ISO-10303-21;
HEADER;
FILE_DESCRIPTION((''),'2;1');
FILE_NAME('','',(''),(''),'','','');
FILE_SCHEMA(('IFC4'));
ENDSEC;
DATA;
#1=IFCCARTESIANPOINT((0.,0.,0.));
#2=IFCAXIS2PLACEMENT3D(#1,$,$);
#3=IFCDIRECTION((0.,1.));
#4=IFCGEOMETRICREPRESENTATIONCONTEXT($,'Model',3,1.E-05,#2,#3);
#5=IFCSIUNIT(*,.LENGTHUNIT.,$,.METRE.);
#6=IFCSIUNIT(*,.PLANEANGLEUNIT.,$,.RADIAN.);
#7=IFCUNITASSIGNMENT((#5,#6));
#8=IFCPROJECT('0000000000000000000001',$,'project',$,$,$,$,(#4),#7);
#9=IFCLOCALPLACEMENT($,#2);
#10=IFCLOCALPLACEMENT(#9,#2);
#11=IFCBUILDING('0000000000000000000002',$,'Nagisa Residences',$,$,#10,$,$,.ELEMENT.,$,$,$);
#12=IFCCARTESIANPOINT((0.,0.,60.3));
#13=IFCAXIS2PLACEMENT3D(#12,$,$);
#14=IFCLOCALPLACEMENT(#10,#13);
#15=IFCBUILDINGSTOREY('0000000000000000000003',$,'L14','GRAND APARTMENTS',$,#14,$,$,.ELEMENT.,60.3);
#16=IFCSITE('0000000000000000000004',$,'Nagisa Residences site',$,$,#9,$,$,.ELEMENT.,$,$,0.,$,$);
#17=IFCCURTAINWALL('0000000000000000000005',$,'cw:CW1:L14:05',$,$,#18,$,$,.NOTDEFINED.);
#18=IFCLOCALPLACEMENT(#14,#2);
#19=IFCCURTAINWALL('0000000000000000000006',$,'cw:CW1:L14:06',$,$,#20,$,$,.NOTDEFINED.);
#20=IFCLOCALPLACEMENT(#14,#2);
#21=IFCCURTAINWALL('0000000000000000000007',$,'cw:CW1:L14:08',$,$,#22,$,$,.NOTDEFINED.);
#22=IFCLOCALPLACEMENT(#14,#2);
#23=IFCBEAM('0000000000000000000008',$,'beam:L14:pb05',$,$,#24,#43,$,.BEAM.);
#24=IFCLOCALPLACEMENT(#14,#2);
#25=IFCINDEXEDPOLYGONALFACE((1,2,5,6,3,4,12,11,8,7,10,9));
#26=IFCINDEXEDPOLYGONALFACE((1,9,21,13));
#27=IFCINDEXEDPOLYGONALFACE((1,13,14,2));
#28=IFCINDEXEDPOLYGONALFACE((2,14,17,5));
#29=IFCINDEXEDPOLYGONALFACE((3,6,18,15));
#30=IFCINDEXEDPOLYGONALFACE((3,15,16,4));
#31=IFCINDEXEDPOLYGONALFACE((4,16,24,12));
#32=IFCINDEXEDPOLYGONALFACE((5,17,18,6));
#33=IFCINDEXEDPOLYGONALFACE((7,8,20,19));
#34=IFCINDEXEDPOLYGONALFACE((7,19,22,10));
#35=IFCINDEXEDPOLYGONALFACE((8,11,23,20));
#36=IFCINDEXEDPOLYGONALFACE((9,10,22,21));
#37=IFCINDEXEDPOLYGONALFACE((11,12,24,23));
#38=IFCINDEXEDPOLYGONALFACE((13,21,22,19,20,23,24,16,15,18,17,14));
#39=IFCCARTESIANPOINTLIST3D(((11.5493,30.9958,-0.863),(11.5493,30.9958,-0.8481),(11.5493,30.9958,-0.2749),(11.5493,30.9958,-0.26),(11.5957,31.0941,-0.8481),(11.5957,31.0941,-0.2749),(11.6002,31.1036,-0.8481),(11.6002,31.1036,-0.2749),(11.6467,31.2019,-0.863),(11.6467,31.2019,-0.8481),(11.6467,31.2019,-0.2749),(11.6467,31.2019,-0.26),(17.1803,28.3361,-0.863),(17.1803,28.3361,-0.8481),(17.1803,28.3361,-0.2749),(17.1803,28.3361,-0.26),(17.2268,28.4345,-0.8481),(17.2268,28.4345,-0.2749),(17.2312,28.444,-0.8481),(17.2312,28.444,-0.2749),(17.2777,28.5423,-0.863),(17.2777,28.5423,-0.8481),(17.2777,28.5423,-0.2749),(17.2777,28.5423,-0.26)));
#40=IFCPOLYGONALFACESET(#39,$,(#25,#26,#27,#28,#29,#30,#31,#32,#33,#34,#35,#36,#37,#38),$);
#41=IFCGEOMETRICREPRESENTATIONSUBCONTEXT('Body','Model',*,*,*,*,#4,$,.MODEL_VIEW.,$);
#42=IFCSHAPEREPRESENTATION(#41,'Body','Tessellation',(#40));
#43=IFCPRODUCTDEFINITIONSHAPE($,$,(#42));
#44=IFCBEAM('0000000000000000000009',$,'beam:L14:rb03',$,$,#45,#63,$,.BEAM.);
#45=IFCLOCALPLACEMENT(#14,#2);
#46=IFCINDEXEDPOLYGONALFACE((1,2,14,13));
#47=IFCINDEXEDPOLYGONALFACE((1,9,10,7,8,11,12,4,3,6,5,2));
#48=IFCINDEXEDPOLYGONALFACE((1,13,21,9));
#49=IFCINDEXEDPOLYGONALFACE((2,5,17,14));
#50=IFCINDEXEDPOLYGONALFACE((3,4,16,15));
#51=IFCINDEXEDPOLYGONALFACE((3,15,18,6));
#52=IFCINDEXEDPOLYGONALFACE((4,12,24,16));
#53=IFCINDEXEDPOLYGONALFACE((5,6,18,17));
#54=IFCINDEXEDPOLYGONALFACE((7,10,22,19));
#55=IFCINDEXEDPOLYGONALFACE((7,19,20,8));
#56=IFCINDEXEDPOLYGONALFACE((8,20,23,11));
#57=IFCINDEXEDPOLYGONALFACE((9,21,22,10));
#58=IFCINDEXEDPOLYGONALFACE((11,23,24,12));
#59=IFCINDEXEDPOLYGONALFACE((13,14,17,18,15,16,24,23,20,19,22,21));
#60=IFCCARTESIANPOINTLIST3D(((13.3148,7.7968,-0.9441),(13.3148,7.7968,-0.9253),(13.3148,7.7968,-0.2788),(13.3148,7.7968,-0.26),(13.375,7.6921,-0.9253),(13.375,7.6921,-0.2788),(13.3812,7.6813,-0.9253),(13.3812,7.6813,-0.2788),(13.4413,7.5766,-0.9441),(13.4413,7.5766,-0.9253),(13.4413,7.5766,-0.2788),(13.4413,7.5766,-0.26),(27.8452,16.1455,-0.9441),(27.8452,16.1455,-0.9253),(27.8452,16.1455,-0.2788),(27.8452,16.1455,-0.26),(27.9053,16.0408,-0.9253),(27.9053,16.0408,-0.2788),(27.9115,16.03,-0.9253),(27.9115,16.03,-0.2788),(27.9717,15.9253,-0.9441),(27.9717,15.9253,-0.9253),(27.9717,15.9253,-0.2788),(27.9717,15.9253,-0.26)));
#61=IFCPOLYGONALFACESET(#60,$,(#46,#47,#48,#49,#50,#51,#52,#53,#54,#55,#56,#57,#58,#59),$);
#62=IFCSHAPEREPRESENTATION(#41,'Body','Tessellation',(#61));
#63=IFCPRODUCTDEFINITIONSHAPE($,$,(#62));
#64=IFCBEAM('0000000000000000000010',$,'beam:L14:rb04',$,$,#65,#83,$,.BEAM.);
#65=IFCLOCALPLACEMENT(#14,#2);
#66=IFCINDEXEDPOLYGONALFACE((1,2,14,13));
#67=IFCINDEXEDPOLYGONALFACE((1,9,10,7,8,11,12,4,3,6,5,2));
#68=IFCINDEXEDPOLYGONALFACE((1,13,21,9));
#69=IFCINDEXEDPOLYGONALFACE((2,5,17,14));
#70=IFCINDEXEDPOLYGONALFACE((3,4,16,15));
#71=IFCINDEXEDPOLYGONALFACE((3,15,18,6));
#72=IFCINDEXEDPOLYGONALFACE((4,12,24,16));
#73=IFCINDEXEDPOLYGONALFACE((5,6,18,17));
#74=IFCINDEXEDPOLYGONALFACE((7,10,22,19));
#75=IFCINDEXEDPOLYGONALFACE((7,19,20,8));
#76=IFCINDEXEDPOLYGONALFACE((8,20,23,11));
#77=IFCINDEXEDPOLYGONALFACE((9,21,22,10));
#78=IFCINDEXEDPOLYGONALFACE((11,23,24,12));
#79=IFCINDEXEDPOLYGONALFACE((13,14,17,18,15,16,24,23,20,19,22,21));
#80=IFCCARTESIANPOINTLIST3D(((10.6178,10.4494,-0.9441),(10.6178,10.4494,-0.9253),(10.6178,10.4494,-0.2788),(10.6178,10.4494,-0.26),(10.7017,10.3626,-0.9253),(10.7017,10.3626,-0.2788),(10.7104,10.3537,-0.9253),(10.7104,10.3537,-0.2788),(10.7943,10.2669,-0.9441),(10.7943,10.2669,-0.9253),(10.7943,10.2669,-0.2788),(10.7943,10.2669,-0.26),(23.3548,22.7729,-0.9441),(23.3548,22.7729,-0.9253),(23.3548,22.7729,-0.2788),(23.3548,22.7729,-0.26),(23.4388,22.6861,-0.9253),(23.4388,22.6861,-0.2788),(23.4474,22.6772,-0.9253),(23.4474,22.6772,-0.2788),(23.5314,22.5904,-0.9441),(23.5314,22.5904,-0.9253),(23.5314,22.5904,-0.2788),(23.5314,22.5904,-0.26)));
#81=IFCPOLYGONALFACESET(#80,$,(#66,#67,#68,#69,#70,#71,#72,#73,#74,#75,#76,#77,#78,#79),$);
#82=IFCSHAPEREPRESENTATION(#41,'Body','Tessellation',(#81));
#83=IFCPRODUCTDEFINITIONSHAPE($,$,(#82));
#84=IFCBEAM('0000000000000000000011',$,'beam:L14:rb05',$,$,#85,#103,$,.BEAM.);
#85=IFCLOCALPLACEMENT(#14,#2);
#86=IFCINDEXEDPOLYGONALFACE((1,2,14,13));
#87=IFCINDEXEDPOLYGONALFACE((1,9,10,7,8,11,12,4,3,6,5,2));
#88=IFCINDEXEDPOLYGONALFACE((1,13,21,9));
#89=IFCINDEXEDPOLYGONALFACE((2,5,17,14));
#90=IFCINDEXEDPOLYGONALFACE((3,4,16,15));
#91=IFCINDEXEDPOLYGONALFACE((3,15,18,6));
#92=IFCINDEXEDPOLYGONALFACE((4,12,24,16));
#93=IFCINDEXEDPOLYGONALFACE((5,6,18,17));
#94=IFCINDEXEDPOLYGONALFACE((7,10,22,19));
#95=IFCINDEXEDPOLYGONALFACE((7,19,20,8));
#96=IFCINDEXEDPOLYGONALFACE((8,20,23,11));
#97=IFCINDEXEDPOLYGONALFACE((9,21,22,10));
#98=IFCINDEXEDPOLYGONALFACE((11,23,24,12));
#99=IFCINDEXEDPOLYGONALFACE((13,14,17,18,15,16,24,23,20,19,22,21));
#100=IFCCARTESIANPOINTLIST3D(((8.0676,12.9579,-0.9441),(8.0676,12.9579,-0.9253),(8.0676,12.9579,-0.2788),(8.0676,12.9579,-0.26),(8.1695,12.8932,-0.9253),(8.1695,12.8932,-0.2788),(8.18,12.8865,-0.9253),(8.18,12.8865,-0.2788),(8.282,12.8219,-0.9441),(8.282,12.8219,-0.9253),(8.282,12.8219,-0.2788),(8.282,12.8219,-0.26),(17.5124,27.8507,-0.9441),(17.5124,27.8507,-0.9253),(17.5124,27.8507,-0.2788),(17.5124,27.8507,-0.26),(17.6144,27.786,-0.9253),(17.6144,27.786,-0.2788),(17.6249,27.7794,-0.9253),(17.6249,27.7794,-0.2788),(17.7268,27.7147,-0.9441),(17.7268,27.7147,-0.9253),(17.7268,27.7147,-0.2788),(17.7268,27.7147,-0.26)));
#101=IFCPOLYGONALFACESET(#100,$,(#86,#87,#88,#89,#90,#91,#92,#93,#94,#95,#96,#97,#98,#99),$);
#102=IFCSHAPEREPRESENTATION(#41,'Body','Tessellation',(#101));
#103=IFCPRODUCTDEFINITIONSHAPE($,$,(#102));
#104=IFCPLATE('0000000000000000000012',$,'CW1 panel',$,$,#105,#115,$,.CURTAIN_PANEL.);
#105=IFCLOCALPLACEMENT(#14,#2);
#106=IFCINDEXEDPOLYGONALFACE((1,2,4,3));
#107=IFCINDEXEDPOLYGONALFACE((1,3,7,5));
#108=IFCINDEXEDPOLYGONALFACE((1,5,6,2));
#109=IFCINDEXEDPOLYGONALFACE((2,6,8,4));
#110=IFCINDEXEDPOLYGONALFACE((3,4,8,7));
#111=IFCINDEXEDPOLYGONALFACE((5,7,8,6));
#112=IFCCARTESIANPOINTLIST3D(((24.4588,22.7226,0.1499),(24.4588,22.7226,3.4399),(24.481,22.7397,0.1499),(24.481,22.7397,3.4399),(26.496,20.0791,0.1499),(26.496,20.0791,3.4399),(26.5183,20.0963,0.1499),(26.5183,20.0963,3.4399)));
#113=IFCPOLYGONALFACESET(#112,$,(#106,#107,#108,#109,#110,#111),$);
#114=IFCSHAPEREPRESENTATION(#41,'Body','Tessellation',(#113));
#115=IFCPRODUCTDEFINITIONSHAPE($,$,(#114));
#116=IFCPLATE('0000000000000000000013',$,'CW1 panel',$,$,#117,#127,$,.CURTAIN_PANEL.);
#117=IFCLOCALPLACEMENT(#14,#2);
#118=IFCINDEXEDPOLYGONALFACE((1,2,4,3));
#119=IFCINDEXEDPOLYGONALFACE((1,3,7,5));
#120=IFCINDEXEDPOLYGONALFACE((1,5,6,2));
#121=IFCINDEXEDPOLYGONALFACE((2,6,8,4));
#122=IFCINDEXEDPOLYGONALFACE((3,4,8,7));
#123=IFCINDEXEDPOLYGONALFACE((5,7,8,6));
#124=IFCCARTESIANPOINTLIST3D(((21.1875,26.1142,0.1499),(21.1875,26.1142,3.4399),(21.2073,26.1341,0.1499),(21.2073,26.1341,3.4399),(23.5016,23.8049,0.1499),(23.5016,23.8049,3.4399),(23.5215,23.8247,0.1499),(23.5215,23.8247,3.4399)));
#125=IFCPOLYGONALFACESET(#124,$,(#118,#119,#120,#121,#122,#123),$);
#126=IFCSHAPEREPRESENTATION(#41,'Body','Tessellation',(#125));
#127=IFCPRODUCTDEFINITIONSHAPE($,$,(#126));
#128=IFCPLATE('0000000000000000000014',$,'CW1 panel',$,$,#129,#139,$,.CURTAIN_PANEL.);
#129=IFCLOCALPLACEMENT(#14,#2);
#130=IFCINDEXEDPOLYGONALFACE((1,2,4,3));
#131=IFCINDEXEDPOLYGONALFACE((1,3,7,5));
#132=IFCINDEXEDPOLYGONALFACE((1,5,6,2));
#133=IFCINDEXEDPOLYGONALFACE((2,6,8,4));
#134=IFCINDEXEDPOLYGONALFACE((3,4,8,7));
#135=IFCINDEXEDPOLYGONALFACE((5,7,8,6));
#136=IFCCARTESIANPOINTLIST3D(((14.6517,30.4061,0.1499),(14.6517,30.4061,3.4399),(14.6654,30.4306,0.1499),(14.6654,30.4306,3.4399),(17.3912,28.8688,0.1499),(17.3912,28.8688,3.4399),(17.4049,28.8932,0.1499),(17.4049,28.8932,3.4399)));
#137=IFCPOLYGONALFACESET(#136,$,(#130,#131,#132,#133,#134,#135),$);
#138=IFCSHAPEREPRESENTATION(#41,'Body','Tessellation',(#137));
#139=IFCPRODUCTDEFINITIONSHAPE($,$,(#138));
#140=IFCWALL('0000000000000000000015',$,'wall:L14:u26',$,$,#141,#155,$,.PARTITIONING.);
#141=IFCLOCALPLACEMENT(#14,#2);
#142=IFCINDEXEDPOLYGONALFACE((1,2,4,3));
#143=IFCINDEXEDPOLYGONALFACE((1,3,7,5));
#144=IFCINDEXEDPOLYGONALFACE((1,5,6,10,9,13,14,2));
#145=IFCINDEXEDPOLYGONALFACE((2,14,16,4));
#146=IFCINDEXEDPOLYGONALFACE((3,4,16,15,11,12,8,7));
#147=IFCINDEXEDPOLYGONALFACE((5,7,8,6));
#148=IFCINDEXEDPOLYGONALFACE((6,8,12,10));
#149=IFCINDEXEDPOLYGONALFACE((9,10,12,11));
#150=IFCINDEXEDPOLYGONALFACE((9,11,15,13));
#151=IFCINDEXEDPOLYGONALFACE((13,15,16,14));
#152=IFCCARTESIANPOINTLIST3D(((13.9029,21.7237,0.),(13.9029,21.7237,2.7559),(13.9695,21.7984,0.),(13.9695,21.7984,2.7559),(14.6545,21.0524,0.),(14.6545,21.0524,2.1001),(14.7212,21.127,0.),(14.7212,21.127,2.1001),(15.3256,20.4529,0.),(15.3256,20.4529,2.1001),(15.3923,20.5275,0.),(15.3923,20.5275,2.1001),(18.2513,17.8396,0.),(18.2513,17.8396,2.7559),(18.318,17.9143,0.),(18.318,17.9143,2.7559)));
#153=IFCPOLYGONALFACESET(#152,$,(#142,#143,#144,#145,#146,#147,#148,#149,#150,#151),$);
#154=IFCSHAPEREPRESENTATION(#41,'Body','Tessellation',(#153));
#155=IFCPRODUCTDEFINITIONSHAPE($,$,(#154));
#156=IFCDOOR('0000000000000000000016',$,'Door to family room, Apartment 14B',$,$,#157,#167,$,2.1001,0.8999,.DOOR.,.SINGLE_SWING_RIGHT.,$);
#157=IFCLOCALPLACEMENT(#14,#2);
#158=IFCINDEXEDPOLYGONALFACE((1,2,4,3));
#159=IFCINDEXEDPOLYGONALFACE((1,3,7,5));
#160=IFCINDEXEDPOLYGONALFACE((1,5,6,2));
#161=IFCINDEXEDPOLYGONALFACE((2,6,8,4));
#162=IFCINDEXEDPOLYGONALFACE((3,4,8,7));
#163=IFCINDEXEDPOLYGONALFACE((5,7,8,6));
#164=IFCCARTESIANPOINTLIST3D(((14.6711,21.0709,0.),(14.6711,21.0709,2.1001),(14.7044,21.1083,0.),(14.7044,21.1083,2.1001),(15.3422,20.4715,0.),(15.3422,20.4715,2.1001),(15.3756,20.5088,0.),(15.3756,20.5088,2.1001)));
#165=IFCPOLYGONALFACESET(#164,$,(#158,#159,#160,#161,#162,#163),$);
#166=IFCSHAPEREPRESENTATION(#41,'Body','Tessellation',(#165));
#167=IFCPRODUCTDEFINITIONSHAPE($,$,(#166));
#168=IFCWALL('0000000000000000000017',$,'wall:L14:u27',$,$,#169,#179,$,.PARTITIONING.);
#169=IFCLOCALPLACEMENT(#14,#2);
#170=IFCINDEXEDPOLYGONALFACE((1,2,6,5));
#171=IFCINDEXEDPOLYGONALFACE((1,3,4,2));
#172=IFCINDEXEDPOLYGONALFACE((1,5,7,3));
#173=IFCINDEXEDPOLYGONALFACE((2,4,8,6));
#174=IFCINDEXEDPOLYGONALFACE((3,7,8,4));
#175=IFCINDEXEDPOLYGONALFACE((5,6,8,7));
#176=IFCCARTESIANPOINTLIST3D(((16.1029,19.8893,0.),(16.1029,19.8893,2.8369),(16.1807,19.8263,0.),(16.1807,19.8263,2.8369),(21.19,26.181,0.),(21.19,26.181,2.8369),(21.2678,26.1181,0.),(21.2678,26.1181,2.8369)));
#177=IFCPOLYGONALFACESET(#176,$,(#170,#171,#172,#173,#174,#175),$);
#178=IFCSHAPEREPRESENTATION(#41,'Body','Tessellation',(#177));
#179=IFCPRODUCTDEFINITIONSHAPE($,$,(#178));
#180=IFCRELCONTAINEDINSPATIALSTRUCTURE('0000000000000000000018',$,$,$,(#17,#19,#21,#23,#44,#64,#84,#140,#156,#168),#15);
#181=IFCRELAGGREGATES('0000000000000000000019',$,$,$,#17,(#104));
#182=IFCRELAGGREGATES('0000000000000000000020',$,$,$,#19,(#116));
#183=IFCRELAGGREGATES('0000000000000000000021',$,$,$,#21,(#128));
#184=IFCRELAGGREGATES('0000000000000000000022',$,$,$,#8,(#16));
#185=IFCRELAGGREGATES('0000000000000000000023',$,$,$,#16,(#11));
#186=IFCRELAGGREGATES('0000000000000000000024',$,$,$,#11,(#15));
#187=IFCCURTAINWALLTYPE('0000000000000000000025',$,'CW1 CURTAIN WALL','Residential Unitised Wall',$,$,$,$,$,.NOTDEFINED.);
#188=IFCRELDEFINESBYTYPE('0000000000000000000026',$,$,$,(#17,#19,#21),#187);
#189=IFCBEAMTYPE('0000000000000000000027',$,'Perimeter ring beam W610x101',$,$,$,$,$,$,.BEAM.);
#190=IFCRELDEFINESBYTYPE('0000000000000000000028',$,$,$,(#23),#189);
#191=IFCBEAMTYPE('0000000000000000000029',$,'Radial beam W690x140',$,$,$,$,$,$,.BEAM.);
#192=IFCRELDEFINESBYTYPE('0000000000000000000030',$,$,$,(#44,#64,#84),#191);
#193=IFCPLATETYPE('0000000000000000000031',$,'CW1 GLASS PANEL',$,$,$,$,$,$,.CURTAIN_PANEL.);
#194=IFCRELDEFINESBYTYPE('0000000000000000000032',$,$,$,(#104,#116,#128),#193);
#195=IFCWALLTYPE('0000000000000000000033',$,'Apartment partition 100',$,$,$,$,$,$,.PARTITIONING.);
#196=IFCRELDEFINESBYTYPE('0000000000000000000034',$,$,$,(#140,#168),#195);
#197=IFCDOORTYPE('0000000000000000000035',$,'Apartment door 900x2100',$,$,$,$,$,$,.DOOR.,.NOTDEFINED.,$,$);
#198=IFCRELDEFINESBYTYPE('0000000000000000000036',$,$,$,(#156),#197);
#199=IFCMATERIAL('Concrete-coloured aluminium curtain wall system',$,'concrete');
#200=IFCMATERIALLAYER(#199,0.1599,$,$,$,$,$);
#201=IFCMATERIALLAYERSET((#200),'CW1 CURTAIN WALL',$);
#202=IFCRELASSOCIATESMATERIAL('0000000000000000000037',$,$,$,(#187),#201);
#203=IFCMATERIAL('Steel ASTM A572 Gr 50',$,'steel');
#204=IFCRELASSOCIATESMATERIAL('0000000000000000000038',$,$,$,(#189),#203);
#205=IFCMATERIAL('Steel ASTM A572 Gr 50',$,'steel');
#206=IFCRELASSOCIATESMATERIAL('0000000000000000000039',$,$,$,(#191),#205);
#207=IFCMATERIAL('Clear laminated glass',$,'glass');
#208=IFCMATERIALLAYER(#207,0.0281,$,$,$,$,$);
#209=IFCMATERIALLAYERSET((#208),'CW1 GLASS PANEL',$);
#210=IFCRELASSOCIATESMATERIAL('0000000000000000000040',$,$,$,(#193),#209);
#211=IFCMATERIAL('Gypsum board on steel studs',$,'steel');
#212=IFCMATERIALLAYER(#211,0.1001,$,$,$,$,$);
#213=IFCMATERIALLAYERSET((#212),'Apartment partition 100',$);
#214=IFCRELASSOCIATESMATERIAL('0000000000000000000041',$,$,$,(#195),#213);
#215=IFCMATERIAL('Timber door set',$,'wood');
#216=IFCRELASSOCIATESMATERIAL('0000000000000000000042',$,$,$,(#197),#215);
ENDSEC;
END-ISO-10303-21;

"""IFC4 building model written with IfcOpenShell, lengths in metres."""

from ifc_helpers import new_model, si_unit, direction, frame, frame_2d, origin, origin_2d, place, context, subcontext, project, spatial, rectangle, i_section, extrude, material, layer, layer_set, material_profile, profile_set, type_object, element, fill, aggregate, save


model = new_model("IFC4")

# Units and contexts
model_context = context("Model", 3, precision=1e-05, world=origin(), true_north=direction((0.0, 1.0)))
body_context = subcontext(model_context, "Body", "Model", "MODEL_VIEW")
ifc_project = project(units=[si_unit("LENGTHUNIT", "METRE"), si_unit("PLANEANGLEUNIT", "RADIAN")], contexts=[model_context])

# Site, building, storey
site_placement = place(None, origin())
site = spatial("IfcSite", under=ifc_project, at=site_placement, Name="Nagisa Residences site", CompositionType="ELEMENT", RefElevation=0.0)
building_placement = place(site_placement, origin())
building = spatial("IfcBuilding", under=site, at=building_placement, Name="Nagisa Residences", CompositionType="ELEMENT")
storey_placement = place(building_placement, frame((0.0, 0.0, 60.3)))
storey = spatial("IfcBuildingStorey", under=building, at=storey_placement, Name="L14", Description="GRAND APARTMENTS", CompositionType="ELEMENT", Elevation=60.3)

# Curtain walls
ifc_material_1 = material(Name="Concrete-coloured aluminium curtain wall system", Category="concrete")
ifc_layer_1 = layer(ifc_material_1, 0.1599)
ifc_layer_set_1 = layer_set([ifc_layer_1], Name="CW1 CURTAIN WALL")
curtain_wall_type = type_object("IfcCurtainWallType", Name="CW1 CURTAIN WALL", Description="Residential Unitised Wall", PredefinedType="NOTDEFINED", material=ifc_layer_set_1)
curtain_wall_1_placement = place(storey_placement, origin())
curtain_wall_1 = element("IfcCurtainWall", 1, at=curtain_wall_1_placement, inside=storey, type_object=curtain_wall_type, Name="cw:CW1:L14:05", PredefinedType="NOTDEFINED")
curtain_wall_2_placement = place(storey_placement, origin())
curtain_wall_2 = element("IfcCurtainWall", 2, at=curtain_wall_2_placement, inside=storey, type_object=curtain_wall_type, Name="cw:CW1:L14:06", PredefinedType="NOTDEFINED")
curtain_wall_3_placement = place(storey_placement, origin())
curtain_wall_3 = element("IfcCurtainWall", 3, at=curtain_wall_3_placement, inside=storey, type_object=curtain_wall_type, Name="cw:CW1:L14:08", PredefinedType="NOTDEFINED")

# Beams
ifc_material_2 = material(Name="Steel ASTM A572 Gr 50", Category="steel")
ifc_material_profile_1 = material_profile(ifc_material_2, i_section(OverallWidth=0.228, OverallDepth=0.603, WebThickness=0.0105, FlangeThickness=0.0149, at=origin_2d()), Name="W610x101")
ifc_profile_set_1 = profile_set([ifc_material_profile_1], Name="Steel ASTM A572 Gr 50")
beam_type_1 = type_object("IfcBeamType", Name="Perimeter ring beam W610x101", PredefinedType="BEAM", material=ifc_profile_set_1)
beam_1_placement = place(storey_placement, frame((17.229, 28.4392, -0.5615), z_axis=(-0.904215, 0.427077, 0.0), x_axis=(-0.427077, -0.904215, 0.0)))
element("IfcBeam", 4, at=beam_1_placement, inside=storey, type_object=beam_type_1, Name="beam:L14:pb05", PredefinedType="BEAM", context=body_context, shape_type="SweptSolid", body=[
    extrude(i_section(OverallWidth=0.228, OverallDepth=0.603, WebThickness=0.0105, FlangeThickness=0.0149, at=origin_2d()), origin(), (0.0, 0.0, 1.0), 6.2275),
])
ifc_material_3 = material(Name="Steel ASTM A572 Gr 50", Category="steel")
ifc_material_profile_2 = material_profile(ifc_material_3, i_section(OverallWidth=0.2539, OverallDepth=0.6841, WebThickness=0.0125, FlangeThickness=0.0188, at=origin_2d()), Name="W690x140")
ifc_profile_set_2 = profile_set([ifc_material_profile_2], Name="Steel ASTM A572 Gr 50")
beam_type_2 = type_object("IfcBeamType", Name="Radial beam W690x140", PredefinedType="BEAM", material=ifc_profile_set_2)
beam_2_placement = place(storey_placement, frame((27.9084, 16.0354, -0.6021), z_axis=(-0.867068, -0.49819, 0.0), x_axis=(0.49819, -0.867068, 0.0)))
element("IfcBeam", 5, at=beam_2_placement, inside=storey, type_object=beam_type_2, Name="beam:L14:rb03", PredefinedType="BEAM", context=body_context, shape_type="SweptSolid", body=[
    extrude(i_section(OverallWidth=0.2539, OverallDepth=0.6841, WebThickness=0.0125, FlangeThickness=0.0188, at=origin_2d()), origin(), (0.0, 0.0, 1.0), 16.7581),
])
beam_3_placement = place(storey_placement, frame((23.4431, 22.6816, -0.6021), z_axis=(-0.718678, -0.695343, 0.0), x_axis=(0.695343, -0.718678, 0.0)))
element("IfcBeam", 6, at=beam_3_placement, inside=storey, type_object=beam_type_2, Name="beam:L14:rb04", PredefinedType="BEAM", context=body_context, shape_type="SweptSolid", body=[
    extrude(i_section(OverallWidth=0.2539, OverallDepth=0.6841, WebThickness=0.0125, FlangeThickness=0.0188, at=origin_2d()), origin(), (0.0, 0.0, 1.0), 17.7229),
])
beam_4_placement = place(storey_placement, frame((17.6196, 27.7827, -0.6021), z_axis=(-0.535566, -0.844493, 0.0), x_axis=(0.844493, -0.535566, 0.0)))
element("IfcBeam", 7, at=beam_4_placement, inside=storey, type_object=beam_type_2, Name="beam:L14:rb05", PredefinedType="BEAM", context=body_context, shape_type="SweptSolid", body=[
    extrude(i_section(OverallWidth=0.2539, OverallDepth=0.6841, WebThickness=0.0125, FlangeThickness=0.0188, at=origin_2d()), origin(), (0.0, 0.0, 1.0), 17.6353),
])

# Plates
ifc_material_4 = material(Name="Clear laminated glass", Category="glass")
ifc_layer_2 = layer(ifc_material_4, 0.0281)
ifc_layer_set_2 = layer_set([ifc_layer_2], Name="CW1 GLASS PANEL")
plate_type = type_object("IfcPlateType", Name="CW1 GLASS PANEL", PredefinedType="CURTAIN_PANEL", material=ifc_layer_set_2)
plate_1_placement = place(storey_placement, frame((25.4885, 21.4094, 0.1499), z_axis=(0.0, 0.0, 1.0), x_axis=(-0.61043, 0.79207, 0.0)))
plate_1 = element("IfcPlate", 8, at=plate_1_placement, type_object=plate_type, Name="CW1 panel", PredefinedType="CURTAIN_PANEL", context=body_context, shape_type="SweptSolid", body=[
    extrude(rectangle(XDim=3.3374, YDim=0.0281, at=origin_2d()), origin(), (0.0, 0.0, 1.0), 3.29),
])
aggregate(curtain_wall_1, [plate_1])
plate_2_placement = place(storey_placement, frame((22.3545, 24.9695, 0.1499), z_axis=(0.0, 0.0, 1.0), x_axis=(-0.707836, 0.706377, 0.0)))
plate_2 = element("IfcPlate", 9, at=plate_2_placement, type_object=plate_type, Name="CW1 panel", PredefinedType="CURTAIN_PANEL", context=body_context, shape_type="SweptSolid", body=[
    extrude(rectangle(XDim=3.2693, YDim=0.0281, at=origin_2d()), origin(), (0.0, 0.0, 1.0), 3.29),
])
aggregate(curtain_wall_2, [plate_2])
plate_3_placement = place(storey_placement, frame((16.0283, 29.6497, 0.1499), z_axis=(0.0, 0.0, 1.0), x_axis=(-0.872072, 0.489377, 0.0)))
plate_3 = element("IfcPlate", 10, at=plate_3_placement, type_object=plate_type, Name="CW1 panel", PredefinedType="CURTAIN_PANEL", context=body_context, shape_type="SweptSolid", body=[
    extrude(rectangle(XDim=3.1414, YDim=0.0281, at=origin_2d()), origin(), (0.0, 0.0, 1.0), 3.29),
])
aggregate(curtain_wall_3, [plate_3])

# Wall, opening, door
ifc_material_5 = material(Name="Gypsum board on steel studs", Category="steel")
ifc_layer_3 = layer(ifc_material_5, 0.1001)
ifc_layer_set_3 = layer_set([ifc_layer_3], Name="Apartment partition 100")
wall_type_1 = type_object("IfcWallType", Name="Apartment partition 100", PredefinedType="PARTITIONING", material=ifc_layer_set_3)
wall_1_placement = place(storey_placement, frame((18.2847, 17.877, 0.0), z_axis=(0.0, 0.0, 1.0), x_axis=(-0.745806, 0.666163, 0.0)))
wall_1 = element("IfcWall", 11, at=wall_1_placement, inside=storey, type_object=wall_type_1, Name="wall:L14:u26", PredefinedType="PARTITIONING", context=body_context, shape_type="SweptSolid", body=[
    extrude(rectangle(XDim=5.8306, YDim=0.1001, at=frame_2d((2.9153, 0.0))), origin(), (0.0, 0.0, 1.0), 2.7559),
])
opening_1_placement = place(wall_1_placement, frame((3.9229, 0.0, 0.0)))
opening_1 = element("IfcOpeningElement", 12, at=opening_1_placement, cuts=wall_1, PredefinedType="OPENING", context=body_context, shape_type="SweptSolid", body=[
    extrude(rectangle(XDim=0.8999, YDim=2.1001, at=frame_2d((0.45, 1.05))), frame((0.0, 0.0601, 0.0), z_axis=(0.0, -1.0, 0.0), x_axis=(1.0, 0.0, 0.0)), (0.0, 0.0, 1.0), 0.1201),
])
ifc_material_6 = material(Name="Timber door set", Category="wood")
door_type_1 = type_object("IfcDoorType", Name="Apartment door 900x2100", OperationType="NOTDEFINED", PredefinedType="DOOR", material=ifc_material_6)
door_1_placement = place(opening_1_placement, frame((0.8999, 0.0, 0.0), x_axis=(-1.0, 0.0, 0.0)))
door_1 = element("IfcDoor", 13, at=door_1_placement, inside=storey, type_object=door_type_1, Name="Door to family room, Apartment 14B", OperationType="SINGLE_SWING_RIGHT", OverallHeight=2.1001, OverallWidth=0.8999, PredefinedType="DOOR", context=body_context, shape_type="SweptSolid", body=[
    extrude(rectangle(XDim=0.8999, YDim=2.1001, at=frame_2d((0.45, 1.05))), frame((0.0, 0.0249, 0.0), z_axis=(0.0, -1.0, 0.0), x_axis=(1.0, 0.0, 0.0)), (0.0, 0.0, 1.0), 0.05),
])
fill(opening_1, door_1)

# Wall
wall_2_placement = place(storey_placement, frame((16.1418, 19.8579, 0.0), z_axis=(0.0, 0.0, 1.0), x_axis=(0.628738, 0.777617, 0.0)))
element("IfcWall", 14, at=wall_2_placement, inside=storey, type_object=wall_type_1, Name="wall:L14:u27", PredefinedType="PARTITIONING", context=body_context, shape_type="SweptSolid", body=[
    extrude(rectangle(XDim=8.0911, YDim=0.1001, at=frame_2d((4.0454, 0.0))), origin(), (0.0, 0.0, 1.0), 2.8369),
])

save(model, "model.ifc")
